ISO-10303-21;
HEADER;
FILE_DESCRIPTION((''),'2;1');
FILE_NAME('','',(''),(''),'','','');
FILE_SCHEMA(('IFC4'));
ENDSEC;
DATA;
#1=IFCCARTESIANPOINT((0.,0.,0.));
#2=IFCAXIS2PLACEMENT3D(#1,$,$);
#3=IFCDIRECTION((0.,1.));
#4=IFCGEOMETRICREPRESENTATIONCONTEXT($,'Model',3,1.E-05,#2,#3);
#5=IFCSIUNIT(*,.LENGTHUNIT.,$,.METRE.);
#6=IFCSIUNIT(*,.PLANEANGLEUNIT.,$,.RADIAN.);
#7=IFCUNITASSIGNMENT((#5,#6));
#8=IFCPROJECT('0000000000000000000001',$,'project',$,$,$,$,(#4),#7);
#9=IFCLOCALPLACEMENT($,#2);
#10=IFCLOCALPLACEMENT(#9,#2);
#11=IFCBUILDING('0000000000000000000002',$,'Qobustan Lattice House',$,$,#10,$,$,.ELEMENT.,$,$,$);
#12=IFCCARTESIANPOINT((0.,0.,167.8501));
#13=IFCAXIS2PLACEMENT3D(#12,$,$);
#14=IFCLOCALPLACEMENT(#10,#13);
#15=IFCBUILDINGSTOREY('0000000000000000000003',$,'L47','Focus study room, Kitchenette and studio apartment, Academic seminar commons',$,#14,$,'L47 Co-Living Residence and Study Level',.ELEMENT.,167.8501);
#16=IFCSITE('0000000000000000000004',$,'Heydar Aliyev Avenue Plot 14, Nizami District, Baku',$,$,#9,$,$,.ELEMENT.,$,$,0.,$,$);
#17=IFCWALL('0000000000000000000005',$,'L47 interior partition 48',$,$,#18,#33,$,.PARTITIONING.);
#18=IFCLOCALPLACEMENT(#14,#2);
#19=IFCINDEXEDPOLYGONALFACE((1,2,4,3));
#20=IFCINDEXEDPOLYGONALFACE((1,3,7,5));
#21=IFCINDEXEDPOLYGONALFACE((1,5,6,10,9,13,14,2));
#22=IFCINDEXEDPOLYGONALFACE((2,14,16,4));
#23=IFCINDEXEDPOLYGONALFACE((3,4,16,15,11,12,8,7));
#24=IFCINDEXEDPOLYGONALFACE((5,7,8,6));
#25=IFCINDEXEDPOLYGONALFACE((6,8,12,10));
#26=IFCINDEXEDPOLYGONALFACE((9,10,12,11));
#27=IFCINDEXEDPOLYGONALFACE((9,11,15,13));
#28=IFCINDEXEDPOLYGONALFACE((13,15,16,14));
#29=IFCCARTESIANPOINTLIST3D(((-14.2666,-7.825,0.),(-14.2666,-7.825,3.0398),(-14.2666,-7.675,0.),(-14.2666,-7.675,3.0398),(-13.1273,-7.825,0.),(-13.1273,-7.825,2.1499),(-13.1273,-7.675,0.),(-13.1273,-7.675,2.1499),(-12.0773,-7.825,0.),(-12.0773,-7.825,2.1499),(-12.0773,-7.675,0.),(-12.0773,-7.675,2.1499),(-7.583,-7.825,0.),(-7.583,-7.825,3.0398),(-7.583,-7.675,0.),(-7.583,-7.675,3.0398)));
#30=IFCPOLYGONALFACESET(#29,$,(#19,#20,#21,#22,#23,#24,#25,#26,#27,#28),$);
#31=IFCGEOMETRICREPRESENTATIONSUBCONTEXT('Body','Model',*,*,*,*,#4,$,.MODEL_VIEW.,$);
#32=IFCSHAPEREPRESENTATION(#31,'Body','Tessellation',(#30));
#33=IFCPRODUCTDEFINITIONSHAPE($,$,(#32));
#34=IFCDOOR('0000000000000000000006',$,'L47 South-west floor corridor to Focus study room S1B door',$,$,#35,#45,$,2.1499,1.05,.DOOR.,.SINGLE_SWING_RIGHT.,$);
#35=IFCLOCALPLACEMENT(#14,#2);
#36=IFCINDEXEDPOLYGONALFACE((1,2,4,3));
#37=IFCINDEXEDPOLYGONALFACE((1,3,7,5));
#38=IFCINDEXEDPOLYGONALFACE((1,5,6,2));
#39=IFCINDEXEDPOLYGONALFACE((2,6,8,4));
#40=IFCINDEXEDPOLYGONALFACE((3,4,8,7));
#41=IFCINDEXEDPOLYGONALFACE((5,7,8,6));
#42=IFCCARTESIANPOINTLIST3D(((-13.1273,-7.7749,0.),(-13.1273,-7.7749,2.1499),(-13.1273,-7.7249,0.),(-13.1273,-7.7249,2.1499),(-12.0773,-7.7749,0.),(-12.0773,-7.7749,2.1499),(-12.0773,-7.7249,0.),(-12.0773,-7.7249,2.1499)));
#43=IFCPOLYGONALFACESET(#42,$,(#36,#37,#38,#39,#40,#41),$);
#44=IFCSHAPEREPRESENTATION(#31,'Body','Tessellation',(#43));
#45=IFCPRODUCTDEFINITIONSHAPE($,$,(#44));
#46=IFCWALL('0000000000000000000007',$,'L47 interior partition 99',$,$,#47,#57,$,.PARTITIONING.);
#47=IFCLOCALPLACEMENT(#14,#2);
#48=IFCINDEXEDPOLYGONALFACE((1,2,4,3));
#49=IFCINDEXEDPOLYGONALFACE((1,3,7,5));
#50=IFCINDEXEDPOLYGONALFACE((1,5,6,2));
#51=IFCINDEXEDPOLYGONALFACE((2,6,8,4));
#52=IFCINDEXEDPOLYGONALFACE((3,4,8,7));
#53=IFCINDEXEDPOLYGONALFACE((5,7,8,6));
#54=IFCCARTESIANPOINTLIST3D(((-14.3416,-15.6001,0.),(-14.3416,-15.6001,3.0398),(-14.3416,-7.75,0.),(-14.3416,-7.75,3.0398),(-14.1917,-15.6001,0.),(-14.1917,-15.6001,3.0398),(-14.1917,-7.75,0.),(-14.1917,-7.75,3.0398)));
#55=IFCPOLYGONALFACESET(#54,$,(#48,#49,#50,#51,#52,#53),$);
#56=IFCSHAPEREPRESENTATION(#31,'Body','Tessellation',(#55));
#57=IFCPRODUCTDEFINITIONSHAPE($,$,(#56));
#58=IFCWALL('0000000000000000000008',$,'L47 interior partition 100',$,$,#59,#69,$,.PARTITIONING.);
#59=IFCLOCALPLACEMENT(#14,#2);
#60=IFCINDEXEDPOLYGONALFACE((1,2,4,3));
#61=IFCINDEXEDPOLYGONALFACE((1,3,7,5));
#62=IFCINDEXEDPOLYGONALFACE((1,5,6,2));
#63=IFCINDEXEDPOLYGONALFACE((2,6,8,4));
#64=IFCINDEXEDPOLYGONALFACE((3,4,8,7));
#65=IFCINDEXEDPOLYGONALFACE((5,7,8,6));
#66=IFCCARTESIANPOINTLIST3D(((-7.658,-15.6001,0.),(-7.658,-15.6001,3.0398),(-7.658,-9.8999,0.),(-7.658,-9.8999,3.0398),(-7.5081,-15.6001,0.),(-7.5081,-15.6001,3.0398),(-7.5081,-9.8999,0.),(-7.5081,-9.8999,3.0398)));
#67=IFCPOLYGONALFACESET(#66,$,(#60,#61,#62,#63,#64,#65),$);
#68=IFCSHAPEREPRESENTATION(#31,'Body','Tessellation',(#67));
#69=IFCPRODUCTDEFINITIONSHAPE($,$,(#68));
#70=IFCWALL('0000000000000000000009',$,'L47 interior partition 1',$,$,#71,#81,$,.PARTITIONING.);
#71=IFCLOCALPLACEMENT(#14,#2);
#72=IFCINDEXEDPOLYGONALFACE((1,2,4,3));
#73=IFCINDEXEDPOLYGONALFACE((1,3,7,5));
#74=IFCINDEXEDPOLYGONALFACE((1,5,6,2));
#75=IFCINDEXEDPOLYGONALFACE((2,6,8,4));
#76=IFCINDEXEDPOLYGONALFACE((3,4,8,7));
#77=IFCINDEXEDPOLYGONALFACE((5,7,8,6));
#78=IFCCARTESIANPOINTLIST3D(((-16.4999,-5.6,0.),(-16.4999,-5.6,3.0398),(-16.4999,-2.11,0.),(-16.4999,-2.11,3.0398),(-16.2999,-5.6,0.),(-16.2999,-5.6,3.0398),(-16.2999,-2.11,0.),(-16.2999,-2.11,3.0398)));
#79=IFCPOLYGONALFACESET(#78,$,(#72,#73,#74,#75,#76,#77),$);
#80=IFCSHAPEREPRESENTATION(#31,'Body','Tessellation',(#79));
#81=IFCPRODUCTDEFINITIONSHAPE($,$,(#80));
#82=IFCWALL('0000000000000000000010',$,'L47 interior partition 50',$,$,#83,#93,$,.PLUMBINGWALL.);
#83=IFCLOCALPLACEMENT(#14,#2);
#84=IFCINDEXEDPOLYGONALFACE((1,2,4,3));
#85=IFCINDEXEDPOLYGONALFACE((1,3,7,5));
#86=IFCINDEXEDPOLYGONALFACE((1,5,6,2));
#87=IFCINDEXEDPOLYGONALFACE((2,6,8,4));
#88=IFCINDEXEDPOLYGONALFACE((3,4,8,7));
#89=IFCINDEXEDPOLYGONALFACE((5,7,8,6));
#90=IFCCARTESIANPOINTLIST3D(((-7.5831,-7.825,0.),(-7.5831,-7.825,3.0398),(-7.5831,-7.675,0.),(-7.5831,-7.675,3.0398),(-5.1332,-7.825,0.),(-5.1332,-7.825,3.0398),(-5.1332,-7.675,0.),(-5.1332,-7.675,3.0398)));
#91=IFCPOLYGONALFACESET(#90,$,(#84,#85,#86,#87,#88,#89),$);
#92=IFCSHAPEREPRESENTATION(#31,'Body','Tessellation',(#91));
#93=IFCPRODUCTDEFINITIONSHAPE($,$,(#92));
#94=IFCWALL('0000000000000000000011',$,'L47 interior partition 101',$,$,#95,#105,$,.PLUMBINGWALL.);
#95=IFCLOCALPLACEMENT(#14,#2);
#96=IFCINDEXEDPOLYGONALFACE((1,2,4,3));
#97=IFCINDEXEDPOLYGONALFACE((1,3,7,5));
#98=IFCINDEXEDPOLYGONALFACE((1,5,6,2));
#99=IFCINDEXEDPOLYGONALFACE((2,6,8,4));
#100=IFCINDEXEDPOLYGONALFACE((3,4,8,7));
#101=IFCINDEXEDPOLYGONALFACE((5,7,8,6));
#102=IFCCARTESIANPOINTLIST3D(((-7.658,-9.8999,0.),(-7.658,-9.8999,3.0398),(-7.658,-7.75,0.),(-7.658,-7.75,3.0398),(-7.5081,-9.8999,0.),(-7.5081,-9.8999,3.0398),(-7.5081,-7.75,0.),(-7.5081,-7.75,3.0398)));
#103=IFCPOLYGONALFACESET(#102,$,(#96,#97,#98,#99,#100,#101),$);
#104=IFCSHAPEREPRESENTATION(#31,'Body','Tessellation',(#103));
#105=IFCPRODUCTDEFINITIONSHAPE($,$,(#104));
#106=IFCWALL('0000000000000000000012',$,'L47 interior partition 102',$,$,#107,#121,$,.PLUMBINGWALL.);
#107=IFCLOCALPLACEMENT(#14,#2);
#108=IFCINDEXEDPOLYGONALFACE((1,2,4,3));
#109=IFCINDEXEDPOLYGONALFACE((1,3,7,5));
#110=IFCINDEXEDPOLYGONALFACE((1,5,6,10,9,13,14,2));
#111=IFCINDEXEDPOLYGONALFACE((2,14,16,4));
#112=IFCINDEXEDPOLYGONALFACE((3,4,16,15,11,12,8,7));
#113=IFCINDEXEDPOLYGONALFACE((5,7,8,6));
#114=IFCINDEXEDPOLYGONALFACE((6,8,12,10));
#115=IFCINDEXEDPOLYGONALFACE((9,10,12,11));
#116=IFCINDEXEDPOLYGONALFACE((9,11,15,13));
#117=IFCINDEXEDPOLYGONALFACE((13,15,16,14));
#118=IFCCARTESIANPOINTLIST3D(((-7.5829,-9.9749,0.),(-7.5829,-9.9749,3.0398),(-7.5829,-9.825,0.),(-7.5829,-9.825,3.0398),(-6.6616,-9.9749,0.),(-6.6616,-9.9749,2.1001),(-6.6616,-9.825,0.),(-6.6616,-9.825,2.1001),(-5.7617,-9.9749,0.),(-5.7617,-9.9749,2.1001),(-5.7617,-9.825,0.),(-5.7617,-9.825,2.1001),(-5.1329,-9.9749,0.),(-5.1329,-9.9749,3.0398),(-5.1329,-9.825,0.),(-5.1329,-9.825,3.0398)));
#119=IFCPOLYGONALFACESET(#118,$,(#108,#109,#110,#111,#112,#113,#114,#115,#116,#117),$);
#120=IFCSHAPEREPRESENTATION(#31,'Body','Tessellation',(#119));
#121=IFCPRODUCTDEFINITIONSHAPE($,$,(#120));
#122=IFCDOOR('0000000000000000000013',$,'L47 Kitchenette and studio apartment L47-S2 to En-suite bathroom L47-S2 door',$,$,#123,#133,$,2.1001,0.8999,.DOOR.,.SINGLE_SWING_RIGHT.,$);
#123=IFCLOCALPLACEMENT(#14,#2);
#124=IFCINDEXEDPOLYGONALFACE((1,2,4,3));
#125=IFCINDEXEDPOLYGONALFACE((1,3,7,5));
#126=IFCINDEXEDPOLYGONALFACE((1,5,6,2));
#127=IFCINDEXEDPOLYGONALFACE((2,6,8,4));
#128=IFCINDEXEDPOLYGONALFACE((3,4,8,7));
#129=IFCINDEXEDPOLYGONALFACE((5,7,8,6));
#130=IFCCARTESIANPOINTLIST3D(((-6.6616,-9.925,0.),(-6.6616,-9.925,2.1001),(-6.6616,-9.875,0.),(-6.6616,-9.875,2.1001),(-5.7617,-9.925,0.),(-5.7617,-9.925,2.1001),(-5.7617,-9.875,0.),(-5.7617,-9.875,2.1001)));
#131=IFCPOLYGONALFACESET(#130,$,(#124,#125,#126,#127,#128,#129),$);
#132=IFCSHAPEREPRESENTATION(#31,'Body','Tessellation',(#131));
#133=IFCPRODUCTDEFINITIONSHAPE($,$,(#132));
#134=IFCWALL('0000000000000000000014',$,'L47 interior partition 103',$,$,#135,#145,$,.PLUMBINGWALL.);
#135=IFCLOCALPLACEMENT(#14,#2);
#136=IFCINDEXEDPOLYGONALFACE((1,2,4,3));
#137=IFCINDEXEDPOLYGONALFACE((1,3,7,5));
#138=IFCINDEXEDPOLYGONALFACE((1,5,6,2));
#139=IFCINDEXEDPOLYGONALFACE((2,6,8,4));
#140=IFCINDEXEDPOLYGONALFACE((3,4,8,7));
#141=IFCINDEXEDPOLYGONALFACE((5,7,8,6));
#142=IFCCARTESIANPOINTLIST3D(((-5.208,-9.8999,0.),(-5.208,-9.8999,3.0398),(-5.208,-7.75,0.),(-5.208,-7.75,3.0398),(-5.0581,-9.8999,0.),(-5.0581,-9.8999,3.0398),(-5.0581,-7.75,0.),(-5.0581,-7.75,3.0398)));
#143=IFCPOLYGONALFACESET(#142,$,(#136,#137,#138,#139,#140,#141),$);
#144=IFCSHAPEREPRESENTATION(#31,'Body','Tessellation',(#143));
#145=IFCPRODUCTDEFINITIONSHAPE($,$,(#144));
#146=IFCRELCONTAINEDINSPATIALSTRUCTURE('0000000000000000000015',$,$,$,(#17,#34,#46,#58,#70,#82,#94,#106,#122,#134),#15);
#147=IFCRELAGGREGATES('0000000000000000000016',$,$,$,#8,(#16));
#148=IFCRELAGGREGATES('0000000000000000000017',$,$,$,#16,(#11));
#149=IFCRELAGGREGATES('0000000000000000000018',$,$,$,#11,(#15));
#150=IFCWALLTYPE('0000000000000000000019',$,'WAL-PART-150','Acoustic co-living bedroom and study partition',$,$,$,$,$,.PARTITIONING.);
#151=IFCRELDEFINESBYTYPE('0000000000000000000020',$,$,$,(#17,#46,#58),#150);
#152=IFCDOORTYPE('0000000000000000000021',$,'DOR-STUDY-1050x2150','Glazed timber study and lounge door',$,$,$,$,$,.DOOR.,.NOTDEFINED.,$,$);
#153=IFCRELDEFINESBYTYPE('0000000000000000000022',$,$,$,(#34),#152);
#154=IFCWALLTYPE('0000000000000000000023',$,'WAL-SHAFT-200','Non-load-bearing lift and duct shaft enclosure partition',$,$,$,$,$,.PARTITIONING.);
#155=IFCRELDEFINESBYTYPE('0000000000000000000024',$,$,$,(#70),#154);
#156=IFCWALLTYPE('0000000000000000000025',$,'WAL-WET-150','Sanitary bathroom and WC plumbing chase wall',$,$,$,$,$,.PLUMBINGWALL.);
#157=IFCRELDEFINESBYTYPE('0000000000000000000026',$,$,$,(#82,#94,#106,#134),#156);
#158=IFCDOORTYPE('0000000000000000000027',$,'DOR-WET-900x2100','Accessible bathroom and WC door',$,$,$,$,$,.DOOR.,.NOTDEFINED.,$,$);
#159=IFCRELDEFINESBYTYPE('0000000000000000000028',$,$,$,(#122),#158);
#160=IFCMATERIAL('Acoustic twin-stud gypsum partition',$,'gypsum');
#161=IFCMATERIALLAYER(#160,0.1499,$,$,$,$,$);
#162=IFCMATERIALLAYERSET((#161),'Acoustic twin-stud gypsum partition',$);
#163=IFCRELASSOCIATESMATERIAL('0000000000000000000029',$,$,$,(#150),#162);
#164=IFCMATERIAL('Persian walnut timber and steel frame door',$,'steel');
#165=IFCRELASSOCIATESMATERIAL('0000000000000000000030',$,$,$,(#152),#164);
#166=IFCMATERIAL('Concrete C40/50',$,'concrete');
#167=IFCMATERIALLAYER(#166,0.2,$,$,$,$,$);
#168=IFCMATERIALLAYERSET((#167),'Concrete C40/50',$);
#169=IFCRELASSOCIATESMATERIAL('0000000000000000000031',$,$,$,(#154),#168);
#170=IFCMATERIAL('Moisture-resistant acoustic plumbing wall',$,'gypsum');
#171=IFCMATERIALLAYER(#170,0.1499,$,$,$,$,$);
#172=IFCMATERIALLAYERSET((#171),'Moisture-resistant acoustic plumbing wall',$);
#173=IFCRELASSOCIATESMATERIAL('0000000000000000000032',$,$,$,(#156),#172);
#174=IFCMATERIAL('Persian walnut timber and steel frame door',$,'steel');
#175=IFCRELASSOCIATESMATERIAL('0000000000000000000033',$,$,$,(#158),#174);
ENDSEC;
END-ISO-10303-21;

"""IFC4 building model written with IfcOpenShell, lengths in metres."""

from ifc_helpers import new_model, si_unit, direction, frame, frame_2d, origin, place, context, subcontext, project, spatial, rectangle, extrude, material, layer, layer_set, type_object, element, fill, save


model = new_model("IFC4")

# Units and contexts
model_context = context("Model", 3, precision=1e-05, world=origin(), true_north=direction((0.0, 1.0)))
body_context = subcontext(model_context, "Body", "Model", "MODEL_VIEW")
ifc_project = project(units=[si_unit("LENGTHUNIT", "METRE"), si_unit("PLANEANGLEUNIT", "RADIAN")], contexts=[model_context])

# Site, building, storey
site_placement = place(None, origin())
site = spatial("IfcSite", under=ifc_project, at=site_placement, Name="Heydar Aliyev Avenue Plot 14, Nizami District, Baku", CompositionType="ELEMENT", RefElevation=0.0)
building_placement = place(site_placement, origin())
building = spatial("IfcBuilding", under=site, at=building_placement, Name="Qobustan Lattice House", CompositionType="ELEMENT")
storey_placement = place(building_placement, frame((0.0, 0.0, 167.8501)))
storey = spatial("IfcBuildingStorey", under=building, at=storey_placement, Name="L47", Description="Focus study room, Kitchenette and studio apartment, Academic seminar commons", LongName="L47 Co-Living Residence and Study Level", CompositionType="ELEMENT", Elevation=167.8501)

# Wall, opening, door
ifc_material_1 = material(Name="Acoustic twin-stud gypsum partition", Category="gypsum")
ifc_layer_1 = layer(ifc_material_1, 0.1499)
ifc_layer_set_1 = layer_set([ifc_layer_1], Name="Acoustic twin-stud gypsum partition")
wall_type_1 = type_object("IfcWallType", Name="WAL-PART-150", Description="Acoustic co-living bedroom and study partition", PredefinedType="PARTITIONING", material=ifc_layer_set_1)
ifc_material_2 = material(Name="Persian walnut timber and steel frame door", Category="steel")
door_type_1 = type_object("IfcDoorType", Name="DOR-STUDY-1050x2150", Description="Glazed timber study and lounge door", OperationType="NOTDEFINED", PredefinedType="DOOR", material=ifc_material_2)
wall_1_placement = place(storey_placement, frame((-7.583, -7.75, 0.0), z_axis=(0.0, 0.0, 1.0), x_axis=(-1.0, 0.0, 0.0)))
wall_1 = element("IfcWall", 1, at=wall_1_placement, inside=storey, type_object=wall_type_1, Name="L47 interior partition 48", PredefinedType="PARTITIONING", context=body_context, shape_type="SweptSolid", body=[
    extrude(rectangle(XDim=6.6836, YDim=0.1499, at=frame_2d((3.3418, 0.0))), origin(), (0.0, 0.0, 1.0), 3.0398),
])
opening_1_placement = place(wall_1_placement, frame((4.4944, 0.0, 0.0)))
opening_1 = element("IfcOpeningElement", 2, at=opening_1_placement, cuts=wall_1, PredefinedType="OPENING", context=body_context, shape_type="SweptSolid", body=[
    extrude(rectangle(XDim=1.05, YDim=2.1499, at=frame_2d((0.5249, 1.075))), frame((0.0, 0.085, 0.0), z_axis=(0.0, -1.0, 0.0), x_axis=(1.0, 0.0, 0.0)), (0.0, 0.0, 1.0), 0.1699),
])
door_1_placement = place(opening_1_placement, origin())
door_1 = element("IfcDoor", 3, at=door_1_placement, inside=storey, type_object=door_type_1, Name="L47 South-west floor corridor to Focus study room S1B door", OperationType="SINGLE_SWING_RIGHT", OverallHeight=2.1499, OverallWidth=1.05, PredefinedType="DOOR", context=body_context, shape_type="SweptSolid", body=[
    extrude(rectangle(XDim=1.05, YDim=2.1499, at=frame_2d((0.5249, 1.075))), frame((0.0, 0.0249, 0.0), z_axis=(0.0, -1.0, 0.0), x_axis=(1.0, 0.0, 0.0)), (0.0, 0.0, 1.0), 0.05),
])
fill(opening_1, door_1)

# Walls
wall_2_placement = place(storey_placement, frame((-14.2666, -7.75, 0.0), z_axis=(0.0, 0.0, 1.0), x_axis=(0.0, -1.0, 0.0)))
element("IfcWall", 4, at=wall_2_placement, inside=storey, type_object=wall_type_1, Name="L47 interior partition 99", PredefinedType="PARTITIONING", context=body_context, shape_type="SweptSolid", body=[
    extrude(rectangle(XDim=7.8501, YDim=0.1499, at=frame_2d((3.925, 0.0))), origin(), (0.0, 0.0, 1.0), 3.0398),
])
wall_3_placement = place(storey_placement, frame((-7.583, -9.8999, 0.0), z_axis=(0.0, 0.0, 1.0), x_axis=(0.0, -1.0, 0.0)))
element("IfcWall", 5, at=wall_3_placement, inside=storey, type_object=wall_type_1, Name="L47 interior partition 100", PredefinedType="PARTITIONING", context=body_context, shape_type="SweptSolid", body=[
    extrude(rectangle(XDim=5.7002, YDim=0.1499, at=frame_2d((2.8501, 0.0))), origin(), (0.0, 0.0, 1.0), 3.0398),
])
ifc_material_3 = material(Name="Concrete C40/50", Category="concrete")
ifc_layer_2 = layer(ifc_material_3, 0.2)
ifc_layer_set_2 = layer_set([ifc_layer_2], Name="Concrete C40/50")
wall_type_2 = type_object("IfcWallType", Name="WAL-SHAFT-200", Description="Non-load-bearing lift and duct shaft enclosure partition", PredefinedType="PARTITIONING", material=ifc_layer_set_2)
wall_4_placement = place(storey_placement, frame((-16.3999, -5.6001, 0.0), z_axis=(0.0, 0.0, 1.0), x_axis=(0.0, 1.0, 0.0)))
element("IfcWall", 6, at=wall_4_placement, inside=storey, type_object=wall_type_2, Name="L47 interior partition 1", PredefinedType="PARTITIONING", context=body_context, shape_type="SweptSolid", body=[
    extrude(rectangle(XDim=3.49, YDim=0.2, at=frame_2d((1.7451, 0.0))), origin(), (0.0, 0.0, 1.0), 3.0398),
])
ifc_material_4 = material(Name="Moisture-resistant acoustic plumbing wall", Category="gypsum")
ifc_layer_3 = layer(ifc_material_4, 0.1499)
ifc_layer_set_3 = layer_set([ifc_layer_3], Name="Moisture-resistant acoustic plumbing wall")
wall_type_3 = type_object("IfcWallType", Name="WAL-WET-150", Description="Sanitary bathroom and WC plumbing chase wall", PredefinedType="PLUMBINGWALL", material=ifc_layer_set_3)
wall_5_placement = place(storey_placement, frame((-5.1331, -7.75, 0.0), z_axis=(0.0, 0.0, 1.0), x_axis=(-1.0, 0.0, 0.0)))
element("IfcWall", 7, at=wall_5_placement, inside=storey, type_object=wall_type_3, Name="L47 interior partition 50", PredefinedType="PLUMBINGWALL", context=body_context, shape_type="SweptSolid", body=[
    extrude(rectangle(XDim=2.45, YDim=0.1499, at=frame_2d((1.2251, 0.0))), origin(), (0.0, 0.0, 1.0), 3.0398),
])
wall_6_placement = place(storey_placement, frame((-7.583, -7.75, 0.0), z_axis=(0.0, 0.0, 1.0), x_axis=(0.0, -1.0, 0.0)))
element("IfcWall", 8, at=wall_6_placement, inside=storey, type_object=wall_type_3, Name="L47 interior partition 101", PredefinedType="PLUMBINGWALL", context=body_context, shape_type="SweptSolid", body=[
    extrude(rectangle(XDim=2.1499, YDim=0.1499, at=frame_2d((1.075, 0.0))), origin(), (0.0, 0.0, 1.0), 3.0398),
])

# Wall, opening, door
wall_7_placement = place(storey_placement, frame((-7.583, -9.8999, 0.0), z_axis=(0.0, 0.0, 1.0), x_axis=(1.0, 0.0, 0.0)))
wall_7 = element("IfcWall", 9, at=wall_7_placement, inside=storey, type_object=wall_type_3, Name="L47 interior partition 102", PredefinedType="PLUMBINGWALL", context=body_context, shape_type="SweptSolid", body=[
    extrude(rectangle(XDim=2.45, YDim=0.1499, at=frame_2d((1.2251, 0.0))), origin(), (0.0, 0.0, 1.0), 3.0398),
])
opening_2_placement = place(wall_7_placement, frame((0.9214, 0.0, 0.0)))
opening_2 = element("IfcOpeningElement", 10, at=opening_2_placement, cuts=wall_7, PredefinedType="OPENING", context=body_context, shape_type="SweptSolid", body=[
    extrude(rectangle(XDim=0.8999, YDim=2.1001, at=frame_2d((0.45, 1.05))), frame((0.0, 0.085, 0.0), z_axis=(0.0, -1.0, 0.0), x_axis=(1.0, 0.0, 0.0)), (0.0, 0.0, 1.0), 0.1699),
])
ifc_material_5 = material(Name="Persian walnut timber and steel frame door", Category="steel")
door_type_2 = type_object("IfcDoorType", Name="DOR-WET-900x2100", Description="Accessible bathroom and WC door", OperationType="NOTDEFINED", PredefinedType="DOOR", material=ifc_material_5)
door_2_placement = place(opening_2_placement, origin())
door_2 = element("IfcDoor", 11, at=door_2_placement, inside=storey, type_object=door_type_2, Name="L47 Kitchenette and studio apartment L47-S2 to En-suite bathroom L47-S2 door", OperationType="SINGLE_SWING_RIGHT", OverallHeight=2.1001, OverallWidth=0.8999, PredefinedType="DOOR", context=body_context, shape_type="SweptSolid", body=[
    extrude(rectangle(XDim=0.8999, YDim=2.1001, at=frame_2d((0.45, 1.05))), frame((0.0, 0.0249, 0.0), z_axis=(0.0, -1.0, 0.0), x_axis=(1.0, 0.0, 0.0)), (0.0, 0.0, 1.0), 0.05),
])
fill(opening_2, door_2)

# Wall
wall_8_placement = place(storey_placement, frame((-5.1331, -9.8999, 0.0), z_axis=(0.0, 0.0, 1.0), x_axis=(0.0, 1.0, 0.0)))
element("IfcWall", 12, at=wall_8_placement, inside=storey, type_object=wall_type_3, Name="L47 interior partition 103", PredefinedType="PLUMBINGWALL", context=body_context, shape_type="SweptSolid", body=[
    extrude(rectangle(XDim=2.1499, YDim=0.1499, at=frame_2d((1.075, 0.0))), origin(), (0.0, 0.0, 1.0), 3.0398),
])

save(model, "model.ifc")
